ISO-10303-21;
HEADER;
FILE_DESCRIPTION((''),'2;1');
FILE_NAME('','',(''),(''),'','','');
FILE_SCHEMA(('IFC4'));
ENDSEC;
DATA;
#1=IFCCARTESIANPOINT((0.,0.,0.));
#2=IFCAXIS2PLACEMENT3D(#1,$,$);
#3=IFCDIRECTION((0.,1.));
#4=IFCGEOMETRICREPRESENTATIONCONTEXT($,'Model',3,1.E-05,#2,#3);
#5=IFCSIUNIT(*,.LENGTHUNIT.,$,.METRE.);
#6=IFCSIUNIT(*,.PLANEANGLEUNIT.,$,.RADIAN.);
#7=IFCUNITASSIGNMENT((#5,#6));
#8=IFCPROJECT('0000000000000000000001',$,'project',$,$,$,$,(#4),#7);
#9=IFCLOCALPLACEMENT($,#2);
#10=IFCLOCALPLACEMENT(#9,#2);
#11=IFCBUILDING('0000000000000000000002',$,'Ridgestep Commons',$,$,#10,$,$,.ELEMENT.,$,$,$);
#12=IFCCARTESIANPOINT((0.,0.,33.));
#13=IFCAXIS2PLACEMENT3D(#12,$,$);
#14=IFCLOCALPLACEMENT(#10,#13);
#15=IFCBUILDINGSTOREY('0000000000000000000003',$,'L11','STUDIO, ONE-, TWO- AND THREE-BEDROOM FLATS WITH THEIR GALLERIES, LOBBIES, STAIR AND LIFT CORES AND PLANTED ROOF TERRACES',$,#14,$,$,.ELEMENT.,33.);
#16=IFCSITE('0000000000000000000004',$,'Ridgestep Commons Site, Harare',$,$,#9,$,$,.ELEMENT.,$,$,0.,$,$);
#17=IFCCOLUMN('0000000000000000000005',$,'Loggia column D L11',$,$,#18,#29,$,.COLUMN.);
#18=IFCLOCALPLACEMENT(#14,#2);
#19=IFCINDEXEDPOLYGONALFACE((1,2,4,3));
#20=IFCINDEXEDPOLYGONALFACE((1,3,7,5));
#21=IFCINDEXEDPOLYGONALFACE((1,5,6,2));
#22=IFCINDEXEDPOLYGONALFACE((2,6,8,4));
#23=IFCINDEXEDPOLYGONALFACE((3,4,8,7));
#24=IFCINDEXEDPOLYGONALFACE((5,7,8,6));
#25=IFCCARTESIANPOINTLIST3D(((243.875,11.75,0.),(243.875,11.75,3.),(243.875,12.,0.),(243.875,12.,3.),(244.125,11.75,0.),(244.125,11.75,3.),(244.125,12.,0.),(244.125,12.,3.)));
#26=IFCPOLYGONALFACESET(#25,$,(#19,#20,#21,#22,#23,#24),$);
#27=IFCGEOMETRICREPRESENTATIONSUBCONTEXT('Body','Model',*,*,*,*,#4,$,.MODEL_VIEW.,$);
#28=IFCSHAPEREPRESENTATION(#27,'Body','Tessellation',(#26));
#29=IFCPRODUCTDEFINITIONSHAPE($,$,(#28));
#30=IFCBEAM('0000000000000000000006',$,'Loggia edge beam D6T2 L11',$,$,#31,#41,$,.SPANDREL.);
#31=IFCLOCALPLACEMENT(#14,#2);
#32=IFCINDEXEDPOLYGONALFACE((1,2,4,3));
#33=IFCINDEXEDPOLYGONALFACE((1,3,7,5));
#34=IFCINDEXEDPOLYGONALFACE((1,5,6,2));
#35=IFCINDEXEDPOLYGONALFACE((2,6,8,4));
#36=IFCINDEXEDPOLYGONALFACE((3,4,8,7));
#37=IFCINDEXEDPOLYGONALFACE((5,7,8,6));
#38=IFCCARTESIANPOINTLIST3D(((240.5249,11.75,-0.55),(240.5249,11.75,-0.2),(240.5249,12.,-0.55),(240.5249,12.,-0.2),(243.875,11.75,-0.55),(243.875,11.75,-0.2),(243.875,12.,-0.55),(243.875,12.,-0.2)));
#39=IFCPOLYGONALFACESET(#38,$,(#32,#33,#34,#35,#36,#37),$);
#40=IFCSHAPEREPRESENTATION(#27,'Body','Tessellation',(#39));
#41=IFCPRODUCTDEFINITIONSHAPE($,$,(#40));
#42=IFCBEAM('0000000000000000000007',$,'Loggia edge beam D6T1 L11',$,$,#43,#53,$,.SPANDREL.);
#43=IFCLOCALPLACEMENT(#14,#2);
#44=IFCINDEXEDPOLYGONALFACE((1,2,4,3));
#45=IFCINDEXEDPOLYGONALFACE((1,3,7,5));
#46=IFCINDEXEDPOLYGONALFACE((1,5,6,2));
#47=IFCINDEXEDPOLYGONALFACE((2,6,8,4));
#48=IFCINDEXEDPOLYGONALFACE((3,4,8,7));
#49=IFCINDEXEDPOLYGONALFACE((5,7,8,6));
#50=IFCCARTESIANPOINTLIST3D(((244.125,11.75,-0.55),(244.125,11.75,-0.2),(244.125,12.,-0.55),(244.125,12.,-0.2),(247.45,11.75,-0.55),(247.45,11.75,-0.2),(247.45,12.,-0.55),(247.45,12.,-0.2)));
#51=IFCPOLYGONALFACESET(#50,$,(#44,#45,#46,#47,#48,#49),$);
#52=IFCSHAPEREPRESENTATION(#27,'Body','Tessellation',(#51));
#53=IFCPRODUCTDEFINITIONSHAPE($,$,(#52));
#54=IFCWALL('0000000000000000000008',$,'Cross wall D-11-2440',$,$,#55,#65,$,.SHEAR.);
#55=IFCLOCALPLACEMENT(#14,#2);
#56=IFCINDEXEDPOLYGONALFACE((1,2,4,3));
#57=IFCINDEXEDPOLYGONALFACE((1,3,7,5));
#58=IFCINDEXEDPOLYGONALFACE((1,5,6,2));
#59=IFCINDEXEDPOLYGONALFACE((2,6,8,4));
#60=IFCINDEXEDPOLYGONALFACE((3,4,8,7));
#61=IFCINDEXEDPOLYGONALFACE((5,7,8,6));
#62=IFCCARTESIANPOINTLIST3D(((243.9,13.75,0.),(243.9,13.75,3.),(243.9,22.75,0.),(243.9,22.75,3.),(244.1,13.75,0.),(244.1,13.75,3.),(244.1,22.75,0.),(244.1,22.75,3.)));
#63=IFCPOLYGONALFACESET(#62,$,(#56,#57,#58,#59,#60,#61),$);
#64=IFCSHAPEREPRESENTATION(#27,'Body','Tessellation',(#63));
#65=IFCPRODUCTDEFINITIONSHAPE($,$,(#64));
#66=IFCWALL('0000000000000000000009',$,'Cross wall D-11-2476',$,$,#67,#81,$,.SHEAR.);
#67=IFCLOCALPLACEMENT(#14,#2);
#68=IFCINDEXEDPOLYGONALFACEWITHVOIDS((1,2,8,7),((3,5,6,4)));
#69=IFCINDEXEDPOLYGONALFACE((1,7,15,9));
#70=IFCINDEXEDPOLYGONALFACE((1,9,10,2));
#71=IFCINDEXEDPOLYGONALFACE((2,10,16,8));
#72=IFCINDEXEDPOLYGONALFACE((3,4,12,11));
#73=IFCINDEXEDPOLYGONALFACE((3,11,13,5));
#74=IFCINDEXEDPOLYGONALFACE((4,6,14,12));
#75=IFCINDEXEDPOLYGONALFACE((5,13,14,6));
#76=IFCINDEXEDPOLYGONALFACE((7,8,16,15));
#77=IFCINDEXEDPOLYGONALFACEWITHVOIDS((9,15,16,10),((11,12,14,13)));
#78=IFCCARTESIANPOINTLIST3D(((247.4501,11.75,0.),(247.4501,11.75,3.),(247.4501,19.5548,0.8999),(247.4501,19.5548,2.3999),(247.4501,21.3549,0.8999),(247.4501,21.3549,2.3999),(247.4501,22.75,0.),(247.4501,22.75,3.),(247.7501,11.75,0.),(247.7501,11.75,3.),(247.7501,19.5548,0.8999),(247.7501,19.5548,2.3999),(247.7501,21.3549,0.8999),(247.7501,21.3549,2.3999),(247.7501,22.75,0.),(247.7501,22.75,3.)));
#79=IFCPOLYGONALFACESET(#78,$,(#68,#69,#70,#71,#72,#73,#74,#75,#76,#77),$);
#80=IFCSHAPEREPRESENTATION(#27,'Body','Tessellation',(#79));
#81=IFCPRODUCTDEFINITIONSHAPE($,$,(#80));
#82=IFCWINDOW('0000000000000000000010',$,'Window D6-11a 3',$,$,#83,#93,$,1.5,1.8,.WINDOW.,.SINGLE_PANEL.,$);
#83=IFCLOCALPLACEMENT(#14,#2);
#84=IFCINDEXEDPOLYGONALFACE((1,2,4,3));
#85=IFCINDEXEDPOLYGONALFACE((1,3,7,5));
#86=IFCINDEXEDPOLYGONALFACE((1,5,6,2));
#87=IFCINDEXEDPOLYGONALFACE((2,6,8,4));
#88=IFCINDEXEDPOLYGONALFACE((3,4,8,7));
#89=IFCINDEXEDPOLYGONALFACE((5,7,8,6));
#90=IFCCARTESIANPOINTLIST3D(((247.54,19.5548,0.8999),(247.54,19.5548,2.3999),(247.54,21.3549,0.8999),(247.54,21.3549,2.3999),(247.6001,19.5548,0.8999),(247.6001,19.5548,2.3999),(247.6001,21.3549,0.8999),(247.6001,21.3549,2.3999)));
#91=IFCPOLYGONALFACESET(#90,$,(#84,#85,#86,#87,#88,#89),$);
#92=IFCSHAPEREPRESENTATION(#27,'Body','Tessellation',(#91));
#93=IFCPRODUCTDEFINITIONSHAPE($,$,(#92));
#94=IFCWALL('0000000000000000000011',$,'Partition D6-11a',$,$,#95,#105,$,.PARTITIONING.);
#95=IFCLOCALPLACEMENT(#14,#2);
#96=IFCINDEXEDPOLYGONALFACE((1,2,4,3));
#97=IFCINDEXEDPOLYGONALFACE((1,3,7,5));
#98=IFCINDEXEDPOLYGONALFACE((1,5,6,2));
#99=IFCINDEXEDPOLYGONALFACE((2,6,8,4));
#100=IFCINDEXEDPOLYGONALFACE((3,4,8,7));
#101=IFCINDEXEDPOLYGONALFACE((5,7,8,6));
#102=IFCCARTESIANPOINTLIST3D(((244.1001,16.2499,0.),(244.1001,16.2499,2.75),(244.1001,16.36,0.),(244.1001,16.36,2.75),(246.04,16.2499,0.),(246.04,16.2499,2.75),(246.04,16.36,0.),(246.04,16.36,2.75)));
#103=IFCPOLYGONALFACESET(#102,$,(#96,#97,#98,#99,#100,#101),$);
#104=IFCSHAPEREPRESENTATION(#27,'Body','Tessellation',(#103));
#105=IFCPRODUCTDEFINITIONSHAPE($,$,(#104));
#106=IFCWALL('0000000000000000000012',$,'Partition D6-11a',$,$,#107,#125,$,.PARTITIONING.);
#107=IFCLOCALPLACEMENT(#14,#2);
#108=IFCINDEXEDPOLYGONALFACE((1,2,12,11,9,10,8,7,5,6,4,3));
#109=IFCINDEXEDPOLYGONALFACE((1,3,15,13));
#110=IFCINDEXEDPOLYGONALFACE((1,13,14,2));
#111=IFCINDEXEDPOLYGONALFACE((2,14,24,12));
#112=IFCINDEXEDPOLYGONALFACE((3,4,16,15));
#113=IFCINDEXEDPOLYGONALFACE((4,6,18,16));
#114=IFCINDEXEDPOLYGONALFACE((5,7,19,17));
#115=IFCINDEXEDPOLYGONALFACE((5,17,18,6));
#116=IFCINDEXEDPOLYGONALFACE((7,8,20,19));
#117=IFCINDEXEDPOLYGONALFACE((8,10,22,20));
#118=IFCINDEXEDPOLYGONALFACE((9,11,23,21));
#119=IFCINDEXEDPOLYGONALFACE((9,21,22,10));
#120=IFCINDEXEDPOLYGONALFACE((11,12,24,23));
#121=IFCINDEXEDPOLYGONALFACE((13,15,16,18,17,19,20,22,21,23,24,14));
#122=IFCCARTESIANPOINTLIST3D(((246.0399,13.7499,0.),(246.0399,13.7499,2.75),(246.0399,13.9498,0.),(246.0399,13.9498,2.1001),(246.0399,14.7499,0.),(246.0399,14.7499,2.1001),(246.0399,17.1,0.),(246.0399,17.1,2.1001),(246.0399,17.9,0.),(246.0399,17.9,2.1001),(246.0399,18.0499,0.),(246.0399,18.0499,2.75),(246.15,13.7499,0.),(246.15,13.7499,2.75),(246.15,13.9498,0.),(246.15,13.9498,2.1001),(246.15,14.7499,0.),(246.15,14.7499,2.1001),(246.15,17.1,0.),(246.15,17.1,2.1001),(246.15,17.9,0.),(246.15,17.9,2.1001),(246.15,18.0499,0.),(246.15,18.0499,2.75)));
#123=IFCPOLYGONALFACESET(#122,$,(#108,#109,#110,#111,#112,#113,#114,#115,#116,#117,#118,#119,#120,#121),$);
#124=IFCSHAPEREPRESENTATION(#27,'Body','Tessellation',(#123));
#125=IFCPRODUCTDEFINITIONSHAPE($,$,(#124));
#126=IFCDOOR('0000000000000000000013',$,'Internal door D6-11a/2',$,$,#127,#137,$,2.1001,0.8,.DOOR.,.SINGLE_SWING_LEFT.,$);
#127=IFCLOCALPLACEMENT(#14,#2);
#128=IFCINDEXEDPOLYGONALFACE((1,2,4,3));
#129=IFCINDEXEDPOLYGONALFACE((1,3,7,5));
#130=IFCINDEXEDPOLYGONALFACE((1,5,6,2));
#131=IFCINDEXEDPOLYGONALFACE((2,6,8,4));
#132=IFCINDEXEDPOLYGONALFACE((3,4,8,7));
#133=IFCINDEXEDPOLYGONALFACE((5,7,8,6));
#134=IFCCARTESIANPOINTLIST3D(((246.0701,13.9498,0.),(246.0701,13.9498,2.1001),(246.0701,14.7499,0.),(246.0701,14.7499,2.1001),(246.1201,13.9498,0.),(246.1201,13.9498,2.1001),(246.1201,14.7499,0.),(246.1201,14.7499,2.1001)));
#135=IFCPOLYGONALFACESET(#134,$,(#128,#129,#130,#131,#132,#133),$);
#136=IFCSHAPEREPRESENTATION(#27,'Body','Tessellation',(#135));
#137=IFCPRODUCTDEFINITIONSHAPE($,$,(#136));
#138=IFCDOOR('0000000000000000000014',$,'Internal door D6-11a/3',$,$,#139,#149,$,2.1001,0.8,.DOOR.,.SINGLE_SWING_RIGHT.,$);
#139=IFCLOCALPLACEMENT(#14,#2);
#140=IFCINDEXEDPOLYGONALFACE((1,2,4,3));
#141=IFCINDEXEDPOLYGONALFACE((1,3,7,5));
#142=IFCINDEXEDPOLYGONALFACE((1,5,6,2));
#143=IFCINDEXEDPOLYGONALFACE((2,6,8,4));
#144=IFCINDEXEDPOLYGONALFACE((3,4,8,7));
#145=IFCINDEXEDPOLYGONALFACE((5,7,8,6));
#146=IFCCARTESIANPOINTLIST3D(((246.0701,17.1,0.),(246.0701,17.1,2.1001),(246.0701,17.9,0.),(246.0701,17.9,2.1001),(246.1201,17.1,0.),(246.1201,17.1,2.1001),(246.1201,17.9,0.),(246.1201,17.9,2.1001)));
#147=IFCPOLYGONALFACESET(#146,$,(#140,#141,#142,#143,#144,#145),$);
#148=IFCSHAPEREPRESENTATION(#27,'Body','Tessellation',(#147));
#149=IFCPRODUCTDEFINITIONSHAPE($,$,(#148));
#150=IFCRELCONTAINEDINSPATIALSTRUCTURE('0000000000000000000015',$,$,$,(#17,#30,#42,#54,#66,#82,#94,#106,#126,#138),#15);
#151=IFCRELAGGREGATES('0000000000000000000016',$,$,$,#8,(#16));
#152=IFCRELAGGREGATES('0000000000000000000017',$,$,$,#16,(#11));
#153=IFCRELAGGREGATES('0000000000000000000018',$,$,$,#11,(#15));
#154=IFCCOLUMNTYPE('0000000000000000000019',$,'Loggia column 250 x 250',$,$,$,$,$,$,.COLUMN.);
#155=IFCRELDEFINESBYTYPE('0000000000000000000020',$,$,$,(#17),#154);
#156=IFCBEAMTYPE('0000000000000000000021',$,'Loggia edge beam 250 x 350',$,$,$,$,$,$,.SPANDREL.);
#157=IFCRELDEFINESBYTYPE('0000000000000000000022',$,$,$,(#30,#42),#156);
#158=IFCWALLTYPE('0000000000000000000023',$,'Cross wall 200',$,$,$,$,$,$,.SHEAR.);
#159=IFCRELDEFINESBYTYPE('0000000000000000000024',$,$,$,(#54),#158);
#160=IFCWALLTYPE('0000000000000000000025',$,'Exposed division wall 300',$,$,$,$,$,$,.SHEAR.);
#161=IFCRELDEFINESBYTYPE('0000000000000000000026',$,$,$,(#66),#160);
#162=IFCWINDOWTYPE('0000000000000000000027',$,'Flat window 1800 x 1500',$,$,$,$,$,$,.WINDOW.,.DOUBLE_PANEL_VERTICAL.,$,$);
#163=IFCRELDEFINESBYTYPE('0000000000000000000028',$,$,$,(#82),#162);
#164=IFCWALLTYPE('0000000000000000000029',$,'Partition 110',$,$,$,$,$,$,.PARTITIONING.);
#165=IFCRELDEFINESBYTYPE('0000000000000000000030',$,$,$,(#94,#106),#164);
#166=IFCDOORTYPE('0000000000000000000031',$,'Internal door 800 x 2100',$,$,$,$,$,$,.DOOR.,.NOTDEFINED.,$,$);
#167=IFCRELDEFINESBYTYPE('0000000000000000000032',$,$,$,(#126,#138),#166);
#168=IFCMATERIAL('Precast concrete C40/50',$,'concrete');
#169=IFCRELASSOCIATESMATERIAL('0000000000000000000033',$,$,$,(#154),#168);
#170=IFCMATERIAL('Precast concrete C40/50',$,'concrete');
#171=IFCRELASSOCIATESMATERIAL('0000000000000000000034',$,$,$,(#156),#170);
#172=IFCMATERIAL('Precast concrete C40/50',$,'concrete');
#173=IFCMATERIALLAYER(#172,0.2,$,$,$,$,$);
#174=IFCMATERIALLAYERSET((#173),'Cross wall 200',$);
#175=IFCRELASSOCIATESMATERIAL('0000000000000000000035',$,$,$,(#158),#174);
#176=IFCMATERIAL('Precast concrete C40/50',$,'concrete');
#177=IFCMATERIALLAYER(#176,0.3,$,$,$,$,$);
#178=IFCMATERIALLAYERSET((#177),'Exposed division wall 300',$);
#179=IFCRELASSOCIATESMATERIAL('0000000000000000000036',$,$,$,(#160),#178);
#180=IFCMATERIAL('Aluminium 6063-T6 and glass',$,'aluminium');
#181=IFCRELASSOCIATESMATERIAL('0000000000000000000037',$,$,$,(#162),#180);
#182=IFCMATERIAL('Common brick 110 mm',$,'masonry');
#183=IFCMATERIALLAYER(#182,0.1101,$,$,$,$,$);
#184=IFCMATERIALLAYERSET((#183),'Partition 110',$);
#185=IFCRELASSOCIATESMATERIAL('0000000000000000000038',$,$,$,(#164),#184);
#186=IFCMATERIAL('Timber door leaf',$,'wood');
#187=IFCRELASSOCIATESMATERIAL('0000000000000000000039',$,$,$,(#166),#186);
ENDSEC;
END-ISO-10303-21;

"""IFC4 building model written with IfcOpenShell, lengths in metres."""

from ifc_helpers import new_model, si_unit, direction, frame, frame_2d, origin, origin_2d, place, context, subcontext, project, spatial, rectangle, extrude, material, layer, layer_set, material_profile, profile_set, type_object, element, fill, save


model = new_model("IFC4")

# Units and contexts
model_context = context("Model", 3, precision=1e-05, world=origin(), true_north=direction((0.0, 1.0)))
body_context = subcontext(model_context, "Body", "Model", "MODEL_VIEW")
ifc_project = project(units=[si_unit("LENGTHUNIT", "METRE"), si_unit("PLANEANGLEUNIT", "RADIAN")], contexts=[model_context])

# Site, building, storey
site_placement = place(None, origin())
site = spatial("IfcSite", under=ifc_project, at=site_placement, Name="Ridgestep Commons Site, Harare", CompositionType="ELEMENT", RefElevation=0.0)
building_placement = place(site_placement, origin())
building = spatial("IfcBuilding", under=site, at=building_placement, Name="Ridgestep Commons", CompositionType="ELEMENT")
storey_placement = place(building_placement, frame((0.0, 0.0, 33.0)))
storey = spatial("IfcBuildingStorey", under=building, at=storey_placement, Name="L11", Description="STUDIO, ONE-, TWO- AND THREE-BEDROOM FLATS WITH THEIR GALLERIES, LOBBIES, STAIR AND LIFT CORES AND PLANTED ROOF TERRACES", CompositionType="ELEMENT", Elevation=33.0)

# Column
ifc_material_1 = material(Name="Precast concrete C40/50", Category="concrete")
ifc_material_profile_1 = material_profile(ifc_material_1, rectangle(XDim=0.25, YDim=0.25, at=origin_2d()), Name="PC 250x250")
ifc_profile_set_1 = profile_set([ifc_material_profile_1], Name="Precast concrete C40/50")
column_type = type_object("IfcColumnType", Name="Loggia column 250 x 250", PredefinedType="COLUMN", material=ifc_profile_set_1)
column_placement = place(storey_placement, frame((244.0, 11.875, 0.0), z_axis=(0.0, 0.0, 1.0), x_axis=(1.0, 0.0, 0.0)))
element("IfcColumn", 1, at=column_placement, inside=storey, type_object=column_type, Name="Loggia column D L11", PredefinedType="COLUMN", context=body_context, shape_type="SweptSolid", body=[
    extrude(rectangle(XDim=0.25, YDim=0.25, at=origin_2d()), origin(), (0.0, 0.0, 1.0), 3.0),
])

# Beams
ifc_material_2 = material(Name="Precast concrete C40/50", Category="concrete")
ifc_material_profile_2 = material_profile(ifc_material_2, rectangle(XDim=0.25, YDim=0.3501, at=origin_2d()), Name="PC 250x350")
ifc_profile_set_2 = profile_set([ifc_material_profile_2], Name="Precast concrete C40/50")
beam_type = type_object("IfcBeamType", Name="Loggia edge beam 250 x 350", PredefinedType="SPANDREL", material=ifc_profile_set_2)
beam_1_placement = place(storey_placement, frame((240.5249, 11.875, -0.375), z_axis=(1.0, 0.0, 0.0), x_axis=(0.0, 1.0, 0.0)))
element("IfcBeam", 2, at=beam_1_placement, inside=storey, type_object=beam_type, Name="Loggia edge beam D6T2 L11", PredefinedType="SPANDREL", context=body_context, shape_type="SweptSolid", body=[
    extrude(rectangle(XDim=0.25, YDim=0.3501, at=origin_2d()), origin(), (0.0, 0.0, 1.0), 3.3501),
])
beam_2_placement = place(storey_placement, frame((244.125, 11.875, -0.375), z_axis=(1.0, 0.0, 0.0), x_axis=(0.0, 1.0, 0.0)))
element("IfcBeam", 3, at=beam_2_placement, inside=storey, type_object=beam_type, Name="Loggia edge beam D6T1 L11", PredefinedType="SPANDREL", context=body_context, shape_type="SweptSolid", body=[
    extrude(rectangle(XDim=0.25, YDim=0.3501, at=origin_2d()), origin(), (0.0, 0.0, 1.0), 3.325),
])

# Wall
ifc_material_3 = material(Name="Precast concrete C40/50", Category="concrete")
ifc_layer_1 = layer(ifc_material_3, 0.2)
ifc_layer_set_1 = layer_set([ifc_layer_1], Name="Cross wall 200")
wall_type_1 = type_object("IfcWallType", Name="Cross wall 200", PredefinedType="SHEAR", material=ifc_layer_set_1)
wall_1_placement = place(storey_placement, frame((244.0, 13.75, 0.0), z_axis=(0.0, 0.0, 1.0), x_axis=(0.0, 1.0, 0.0)))
element("IfcWall", 4, at=wall_1_placement, inside=storey, type_object=wall_type_1, Name="Cross wall D-11-2440", PredefinedType="SHEAR", context=body_context, shape_type="SweptSolid", body=[
    extrude(rectangle(XDim=9.0, YDim=0.2, at=frame_2d((4.5, 0.0))), origin(), (0.0, 0.0, 1.0), 3.0),
])

# Wall, opening, window
ifc_material_4 = material(Name="Precast concrete C40/50", Category="concrete")
ifc_layer_2 = layer(ifc_material_4, 0.3)
ifc_layer_set_2 = layer_set([ifc_layer_2], Name="Exposed division wall 300")
wall_type_2 = type_object("IfcWallType", Name="Exposed division wall 300", PredefinedType="SHEAR", material=ifc_layer_set_2)
wall_2_placement = place(storey_placement, frame((247.6001, 11.75, 0.0), z_axis=(0.0, 0.0, 1.0), x_axis=(0.0, 1.0, 0.0)))
wall_2 = element("IfcWall", 5, at=wall_2_placement, inside=storey, type_object=wall_type_2, Name="Cross wall D-11-2476", PredefinedType="SHEAR", context=body_context, shape_type="SweptSolid", body=[
    extrude(rectangle(XDim=11.0, YDim=0.3, at=frame_2d((5.5, 0.0))), origin(), (0.0, 0.0, 1.0), 3.0),
])
opening_1_placement = place(wall_2_placement, frame((7.8049, 0.0, 0.8999)))
opening_1 = element("IfcOpeningElement", 6, at=opening_1_placement, cuts=wall_2, PredefinedType="OPENING", context=body_context, shape_type="SweptSolid", body=[
    extrude(rectangle(XDim=1.8, YDim=1.5, at=frame_2d((0.8999, 0.75))), frame((0.0, 0.1599, 0.0), z_axis=(0.0, -1.0, 0.0), x_axis=(1.0, 0.0, 0.0)), (0.0, 0.0, 1.0), 0.3201),
])
ifc_material_5 = material(Name="Aluminium 6063-T6 and glass", Category="aluminium")
window_type_1 = type_object("IfcWindowType", Name="Flat window 1800 x 1500", PartitioningType="DOUBLE_PANEL_VERTICAL", PredefinedType="WINDOW", material=ifc_material_5)
window_1_placement = place(opening_1_placement, origin())
window_1 = element("IfcWindow", 7, at=window_1_placement, inside=storey, type_object=window_type_1, Name="Window D6-11a 3", OverallHeight=1.5, OverallWidth=1.8, PartitioningType="SINGLE_PANEL", PredefinedType="WINDOW", context=body_context, shape_type="SweptSolid", body=[
    extrude(rectangle(XDim=1.8, YDim=1.5, at=frame_2d((0.8999, 0.75))), frame((0.0, 0.0601, 0.0), z_axis=(0.0, -1.0, 0.0), x_axis=(1.0, 0.0, 0.0)), (0.0, 0.0, 1.0), 0.0601),
])
fill(opening_1, window_1)

# Wall
ifc_material_6 = material(Name="Common brick 110 mm", Category="masonry")
ifc_layer_3 = layer(ifc_material_6, 0.1101)
ifc_layer_set_3 = layer_set([ifc_layer_3], Name="Partition 110")
wall_type_3 = type_object("IfcWallType", Name="Partition 110", PredefinedType="PARTITIONING", material=ifc_layer_set_3)
wall_3_placement = place(storey_placement, frame((244.1001, 16.3049, 0.0), z_axis=(0.0, 0.0, 1.0), x_axis=(1.0, 0.0, 0.0)))
element("IfcWall", 8, at=wall_3_placement, inside=storey, type_object=wall_type_3, Name="Partition D6-11a", PredefinedType="PARTITIONING", context=body_context, shape_type="SweptSolid", body=[
    extrude(rectangle(XDim=1.9399, YDim=0.1101, at=frame_2d((0.97, 0.0))), origin(), (0.0, 0.0, 1.0), 2.75),
])

# Wall, openings, doors
wall_4_placement = place(storey_placement, frame((246.095, 13.75, 0.0), z_axis=(0.0, 0.0, 1.0), x_axis=(0.0, 1.0, 0.0)))
wall_4 = element("IfcWall", 9, at=wall_4_placement, inside=storey, type_object=wall_type_3, Name="Partition D6-11a", PredefinedType="PARTITIONING", context=body_context, shape_type="SweptSolid", body=[
    extrude(rectangle(XDim=4.3, YDim=0.1101, at=frame_2d((2.1499, 0.0))), origin(), (0.0, 0.0, 1.0), 2.75),
])
opening_2_placement = place(wall_4_placement, frame((0.2, 0.0, 0.0)))
opening_2 = element("IfcOpeningElement", 10, at=opening_2_placement, cuts=wall_4, PredefinedType="OPENING", context=body_context, shape_type="SweptSolid", body=[
    extrude(rectangle(XDim=0.8, YDim=2.1001, at=frame_2d((0.3999, 1.05))), frame((0.0, 0.0649, 0.0), z_axis=(0.0, -1.0, 0.0), x_axis=(1.0, 0.0, 0.0)), (0.0, 0.0, 1.0), 0.1301),
])
opening_3_placement = place(wall_4_placement, frame((3.3501, 0.0, 0.0)))
opening_3 = element("IfcOpeningElement", 11, at=opening_3_placement, cuts=wall_4, PredefinedType="OPENING", context=body_context, shape_type="SweptSolid", body=[
    extrude(rectangle(XDim=0.8, YDim=2.1001, at=frame_2d((0.3999, 1.05))), frame((0.0, 0.0649, 0.0), z_axis=(0.0, -1.0, 0.0), x_axis=(1.0, 0.0, 0.0)), (0.0, 0.0, 1.0), 0.1301),
])
ifc_material_7 = material(Name="Timber door leaf", Category="wood")
door_type_1 = type_object("IfcDoorType", Name="Internal door 800 x 2100", OperationType="NOTDEFINED", PredefinedType="DOOR", material=ifc_material_7)
door_1_placement = place(opening_2_placement, origin())
door_1 = element("IfcDoor", 12, at=door_1_placement, inside=storey, type_object=door_type_1, Name="Internal door D6-11a/2", OperationType="SINGLE_SWING_LEFT", OverallHeight=2.1001, OverallWidth=0.8, PredefinedType="DOOR", context=body_context, shape_type="SweptSolid", body=[
    extrude(rectangle(XDim=0.8, YDim=2.1001, at=frame_2d((0.3999, 1.05))), frame((0.0, 0.0249, 0.0), z_axis=(0.0, -1.0, 0.0), x_axis=(1.0, 0.0, 0.0)), (0.0, 0.0, 1.0), 0.05),
])
fill(opening_2, door_1)
door_2_placement = place(opening_3_placement, origin())
door_2 = element("IfcDoor", 13, at=door_2_placement, inside=storey, type_object=door_type_1, Name="Internal door D6-11a/3", OperationType="SINGLE_SWING_RIGHT", OverallHeight=2.1001, OverallWidth=0.8, PredefinedType="DOOR", context=body_context, shape_type="SweptSolid", body=[
    extrude(rectangle(XDim=0.8, YDim=2.1001, at=frame_2d((0.3999, 1.05))), frame((0.0, 0.0249, 0.0), z_axis=(0.0, -1.0, 0.0), x_axis=(1.0, 0.0, 0.0)), (0.0, 0.0, 1.0), 0.05),
])
fill(opening_3, door_2)

save(model, "model.ifc")
